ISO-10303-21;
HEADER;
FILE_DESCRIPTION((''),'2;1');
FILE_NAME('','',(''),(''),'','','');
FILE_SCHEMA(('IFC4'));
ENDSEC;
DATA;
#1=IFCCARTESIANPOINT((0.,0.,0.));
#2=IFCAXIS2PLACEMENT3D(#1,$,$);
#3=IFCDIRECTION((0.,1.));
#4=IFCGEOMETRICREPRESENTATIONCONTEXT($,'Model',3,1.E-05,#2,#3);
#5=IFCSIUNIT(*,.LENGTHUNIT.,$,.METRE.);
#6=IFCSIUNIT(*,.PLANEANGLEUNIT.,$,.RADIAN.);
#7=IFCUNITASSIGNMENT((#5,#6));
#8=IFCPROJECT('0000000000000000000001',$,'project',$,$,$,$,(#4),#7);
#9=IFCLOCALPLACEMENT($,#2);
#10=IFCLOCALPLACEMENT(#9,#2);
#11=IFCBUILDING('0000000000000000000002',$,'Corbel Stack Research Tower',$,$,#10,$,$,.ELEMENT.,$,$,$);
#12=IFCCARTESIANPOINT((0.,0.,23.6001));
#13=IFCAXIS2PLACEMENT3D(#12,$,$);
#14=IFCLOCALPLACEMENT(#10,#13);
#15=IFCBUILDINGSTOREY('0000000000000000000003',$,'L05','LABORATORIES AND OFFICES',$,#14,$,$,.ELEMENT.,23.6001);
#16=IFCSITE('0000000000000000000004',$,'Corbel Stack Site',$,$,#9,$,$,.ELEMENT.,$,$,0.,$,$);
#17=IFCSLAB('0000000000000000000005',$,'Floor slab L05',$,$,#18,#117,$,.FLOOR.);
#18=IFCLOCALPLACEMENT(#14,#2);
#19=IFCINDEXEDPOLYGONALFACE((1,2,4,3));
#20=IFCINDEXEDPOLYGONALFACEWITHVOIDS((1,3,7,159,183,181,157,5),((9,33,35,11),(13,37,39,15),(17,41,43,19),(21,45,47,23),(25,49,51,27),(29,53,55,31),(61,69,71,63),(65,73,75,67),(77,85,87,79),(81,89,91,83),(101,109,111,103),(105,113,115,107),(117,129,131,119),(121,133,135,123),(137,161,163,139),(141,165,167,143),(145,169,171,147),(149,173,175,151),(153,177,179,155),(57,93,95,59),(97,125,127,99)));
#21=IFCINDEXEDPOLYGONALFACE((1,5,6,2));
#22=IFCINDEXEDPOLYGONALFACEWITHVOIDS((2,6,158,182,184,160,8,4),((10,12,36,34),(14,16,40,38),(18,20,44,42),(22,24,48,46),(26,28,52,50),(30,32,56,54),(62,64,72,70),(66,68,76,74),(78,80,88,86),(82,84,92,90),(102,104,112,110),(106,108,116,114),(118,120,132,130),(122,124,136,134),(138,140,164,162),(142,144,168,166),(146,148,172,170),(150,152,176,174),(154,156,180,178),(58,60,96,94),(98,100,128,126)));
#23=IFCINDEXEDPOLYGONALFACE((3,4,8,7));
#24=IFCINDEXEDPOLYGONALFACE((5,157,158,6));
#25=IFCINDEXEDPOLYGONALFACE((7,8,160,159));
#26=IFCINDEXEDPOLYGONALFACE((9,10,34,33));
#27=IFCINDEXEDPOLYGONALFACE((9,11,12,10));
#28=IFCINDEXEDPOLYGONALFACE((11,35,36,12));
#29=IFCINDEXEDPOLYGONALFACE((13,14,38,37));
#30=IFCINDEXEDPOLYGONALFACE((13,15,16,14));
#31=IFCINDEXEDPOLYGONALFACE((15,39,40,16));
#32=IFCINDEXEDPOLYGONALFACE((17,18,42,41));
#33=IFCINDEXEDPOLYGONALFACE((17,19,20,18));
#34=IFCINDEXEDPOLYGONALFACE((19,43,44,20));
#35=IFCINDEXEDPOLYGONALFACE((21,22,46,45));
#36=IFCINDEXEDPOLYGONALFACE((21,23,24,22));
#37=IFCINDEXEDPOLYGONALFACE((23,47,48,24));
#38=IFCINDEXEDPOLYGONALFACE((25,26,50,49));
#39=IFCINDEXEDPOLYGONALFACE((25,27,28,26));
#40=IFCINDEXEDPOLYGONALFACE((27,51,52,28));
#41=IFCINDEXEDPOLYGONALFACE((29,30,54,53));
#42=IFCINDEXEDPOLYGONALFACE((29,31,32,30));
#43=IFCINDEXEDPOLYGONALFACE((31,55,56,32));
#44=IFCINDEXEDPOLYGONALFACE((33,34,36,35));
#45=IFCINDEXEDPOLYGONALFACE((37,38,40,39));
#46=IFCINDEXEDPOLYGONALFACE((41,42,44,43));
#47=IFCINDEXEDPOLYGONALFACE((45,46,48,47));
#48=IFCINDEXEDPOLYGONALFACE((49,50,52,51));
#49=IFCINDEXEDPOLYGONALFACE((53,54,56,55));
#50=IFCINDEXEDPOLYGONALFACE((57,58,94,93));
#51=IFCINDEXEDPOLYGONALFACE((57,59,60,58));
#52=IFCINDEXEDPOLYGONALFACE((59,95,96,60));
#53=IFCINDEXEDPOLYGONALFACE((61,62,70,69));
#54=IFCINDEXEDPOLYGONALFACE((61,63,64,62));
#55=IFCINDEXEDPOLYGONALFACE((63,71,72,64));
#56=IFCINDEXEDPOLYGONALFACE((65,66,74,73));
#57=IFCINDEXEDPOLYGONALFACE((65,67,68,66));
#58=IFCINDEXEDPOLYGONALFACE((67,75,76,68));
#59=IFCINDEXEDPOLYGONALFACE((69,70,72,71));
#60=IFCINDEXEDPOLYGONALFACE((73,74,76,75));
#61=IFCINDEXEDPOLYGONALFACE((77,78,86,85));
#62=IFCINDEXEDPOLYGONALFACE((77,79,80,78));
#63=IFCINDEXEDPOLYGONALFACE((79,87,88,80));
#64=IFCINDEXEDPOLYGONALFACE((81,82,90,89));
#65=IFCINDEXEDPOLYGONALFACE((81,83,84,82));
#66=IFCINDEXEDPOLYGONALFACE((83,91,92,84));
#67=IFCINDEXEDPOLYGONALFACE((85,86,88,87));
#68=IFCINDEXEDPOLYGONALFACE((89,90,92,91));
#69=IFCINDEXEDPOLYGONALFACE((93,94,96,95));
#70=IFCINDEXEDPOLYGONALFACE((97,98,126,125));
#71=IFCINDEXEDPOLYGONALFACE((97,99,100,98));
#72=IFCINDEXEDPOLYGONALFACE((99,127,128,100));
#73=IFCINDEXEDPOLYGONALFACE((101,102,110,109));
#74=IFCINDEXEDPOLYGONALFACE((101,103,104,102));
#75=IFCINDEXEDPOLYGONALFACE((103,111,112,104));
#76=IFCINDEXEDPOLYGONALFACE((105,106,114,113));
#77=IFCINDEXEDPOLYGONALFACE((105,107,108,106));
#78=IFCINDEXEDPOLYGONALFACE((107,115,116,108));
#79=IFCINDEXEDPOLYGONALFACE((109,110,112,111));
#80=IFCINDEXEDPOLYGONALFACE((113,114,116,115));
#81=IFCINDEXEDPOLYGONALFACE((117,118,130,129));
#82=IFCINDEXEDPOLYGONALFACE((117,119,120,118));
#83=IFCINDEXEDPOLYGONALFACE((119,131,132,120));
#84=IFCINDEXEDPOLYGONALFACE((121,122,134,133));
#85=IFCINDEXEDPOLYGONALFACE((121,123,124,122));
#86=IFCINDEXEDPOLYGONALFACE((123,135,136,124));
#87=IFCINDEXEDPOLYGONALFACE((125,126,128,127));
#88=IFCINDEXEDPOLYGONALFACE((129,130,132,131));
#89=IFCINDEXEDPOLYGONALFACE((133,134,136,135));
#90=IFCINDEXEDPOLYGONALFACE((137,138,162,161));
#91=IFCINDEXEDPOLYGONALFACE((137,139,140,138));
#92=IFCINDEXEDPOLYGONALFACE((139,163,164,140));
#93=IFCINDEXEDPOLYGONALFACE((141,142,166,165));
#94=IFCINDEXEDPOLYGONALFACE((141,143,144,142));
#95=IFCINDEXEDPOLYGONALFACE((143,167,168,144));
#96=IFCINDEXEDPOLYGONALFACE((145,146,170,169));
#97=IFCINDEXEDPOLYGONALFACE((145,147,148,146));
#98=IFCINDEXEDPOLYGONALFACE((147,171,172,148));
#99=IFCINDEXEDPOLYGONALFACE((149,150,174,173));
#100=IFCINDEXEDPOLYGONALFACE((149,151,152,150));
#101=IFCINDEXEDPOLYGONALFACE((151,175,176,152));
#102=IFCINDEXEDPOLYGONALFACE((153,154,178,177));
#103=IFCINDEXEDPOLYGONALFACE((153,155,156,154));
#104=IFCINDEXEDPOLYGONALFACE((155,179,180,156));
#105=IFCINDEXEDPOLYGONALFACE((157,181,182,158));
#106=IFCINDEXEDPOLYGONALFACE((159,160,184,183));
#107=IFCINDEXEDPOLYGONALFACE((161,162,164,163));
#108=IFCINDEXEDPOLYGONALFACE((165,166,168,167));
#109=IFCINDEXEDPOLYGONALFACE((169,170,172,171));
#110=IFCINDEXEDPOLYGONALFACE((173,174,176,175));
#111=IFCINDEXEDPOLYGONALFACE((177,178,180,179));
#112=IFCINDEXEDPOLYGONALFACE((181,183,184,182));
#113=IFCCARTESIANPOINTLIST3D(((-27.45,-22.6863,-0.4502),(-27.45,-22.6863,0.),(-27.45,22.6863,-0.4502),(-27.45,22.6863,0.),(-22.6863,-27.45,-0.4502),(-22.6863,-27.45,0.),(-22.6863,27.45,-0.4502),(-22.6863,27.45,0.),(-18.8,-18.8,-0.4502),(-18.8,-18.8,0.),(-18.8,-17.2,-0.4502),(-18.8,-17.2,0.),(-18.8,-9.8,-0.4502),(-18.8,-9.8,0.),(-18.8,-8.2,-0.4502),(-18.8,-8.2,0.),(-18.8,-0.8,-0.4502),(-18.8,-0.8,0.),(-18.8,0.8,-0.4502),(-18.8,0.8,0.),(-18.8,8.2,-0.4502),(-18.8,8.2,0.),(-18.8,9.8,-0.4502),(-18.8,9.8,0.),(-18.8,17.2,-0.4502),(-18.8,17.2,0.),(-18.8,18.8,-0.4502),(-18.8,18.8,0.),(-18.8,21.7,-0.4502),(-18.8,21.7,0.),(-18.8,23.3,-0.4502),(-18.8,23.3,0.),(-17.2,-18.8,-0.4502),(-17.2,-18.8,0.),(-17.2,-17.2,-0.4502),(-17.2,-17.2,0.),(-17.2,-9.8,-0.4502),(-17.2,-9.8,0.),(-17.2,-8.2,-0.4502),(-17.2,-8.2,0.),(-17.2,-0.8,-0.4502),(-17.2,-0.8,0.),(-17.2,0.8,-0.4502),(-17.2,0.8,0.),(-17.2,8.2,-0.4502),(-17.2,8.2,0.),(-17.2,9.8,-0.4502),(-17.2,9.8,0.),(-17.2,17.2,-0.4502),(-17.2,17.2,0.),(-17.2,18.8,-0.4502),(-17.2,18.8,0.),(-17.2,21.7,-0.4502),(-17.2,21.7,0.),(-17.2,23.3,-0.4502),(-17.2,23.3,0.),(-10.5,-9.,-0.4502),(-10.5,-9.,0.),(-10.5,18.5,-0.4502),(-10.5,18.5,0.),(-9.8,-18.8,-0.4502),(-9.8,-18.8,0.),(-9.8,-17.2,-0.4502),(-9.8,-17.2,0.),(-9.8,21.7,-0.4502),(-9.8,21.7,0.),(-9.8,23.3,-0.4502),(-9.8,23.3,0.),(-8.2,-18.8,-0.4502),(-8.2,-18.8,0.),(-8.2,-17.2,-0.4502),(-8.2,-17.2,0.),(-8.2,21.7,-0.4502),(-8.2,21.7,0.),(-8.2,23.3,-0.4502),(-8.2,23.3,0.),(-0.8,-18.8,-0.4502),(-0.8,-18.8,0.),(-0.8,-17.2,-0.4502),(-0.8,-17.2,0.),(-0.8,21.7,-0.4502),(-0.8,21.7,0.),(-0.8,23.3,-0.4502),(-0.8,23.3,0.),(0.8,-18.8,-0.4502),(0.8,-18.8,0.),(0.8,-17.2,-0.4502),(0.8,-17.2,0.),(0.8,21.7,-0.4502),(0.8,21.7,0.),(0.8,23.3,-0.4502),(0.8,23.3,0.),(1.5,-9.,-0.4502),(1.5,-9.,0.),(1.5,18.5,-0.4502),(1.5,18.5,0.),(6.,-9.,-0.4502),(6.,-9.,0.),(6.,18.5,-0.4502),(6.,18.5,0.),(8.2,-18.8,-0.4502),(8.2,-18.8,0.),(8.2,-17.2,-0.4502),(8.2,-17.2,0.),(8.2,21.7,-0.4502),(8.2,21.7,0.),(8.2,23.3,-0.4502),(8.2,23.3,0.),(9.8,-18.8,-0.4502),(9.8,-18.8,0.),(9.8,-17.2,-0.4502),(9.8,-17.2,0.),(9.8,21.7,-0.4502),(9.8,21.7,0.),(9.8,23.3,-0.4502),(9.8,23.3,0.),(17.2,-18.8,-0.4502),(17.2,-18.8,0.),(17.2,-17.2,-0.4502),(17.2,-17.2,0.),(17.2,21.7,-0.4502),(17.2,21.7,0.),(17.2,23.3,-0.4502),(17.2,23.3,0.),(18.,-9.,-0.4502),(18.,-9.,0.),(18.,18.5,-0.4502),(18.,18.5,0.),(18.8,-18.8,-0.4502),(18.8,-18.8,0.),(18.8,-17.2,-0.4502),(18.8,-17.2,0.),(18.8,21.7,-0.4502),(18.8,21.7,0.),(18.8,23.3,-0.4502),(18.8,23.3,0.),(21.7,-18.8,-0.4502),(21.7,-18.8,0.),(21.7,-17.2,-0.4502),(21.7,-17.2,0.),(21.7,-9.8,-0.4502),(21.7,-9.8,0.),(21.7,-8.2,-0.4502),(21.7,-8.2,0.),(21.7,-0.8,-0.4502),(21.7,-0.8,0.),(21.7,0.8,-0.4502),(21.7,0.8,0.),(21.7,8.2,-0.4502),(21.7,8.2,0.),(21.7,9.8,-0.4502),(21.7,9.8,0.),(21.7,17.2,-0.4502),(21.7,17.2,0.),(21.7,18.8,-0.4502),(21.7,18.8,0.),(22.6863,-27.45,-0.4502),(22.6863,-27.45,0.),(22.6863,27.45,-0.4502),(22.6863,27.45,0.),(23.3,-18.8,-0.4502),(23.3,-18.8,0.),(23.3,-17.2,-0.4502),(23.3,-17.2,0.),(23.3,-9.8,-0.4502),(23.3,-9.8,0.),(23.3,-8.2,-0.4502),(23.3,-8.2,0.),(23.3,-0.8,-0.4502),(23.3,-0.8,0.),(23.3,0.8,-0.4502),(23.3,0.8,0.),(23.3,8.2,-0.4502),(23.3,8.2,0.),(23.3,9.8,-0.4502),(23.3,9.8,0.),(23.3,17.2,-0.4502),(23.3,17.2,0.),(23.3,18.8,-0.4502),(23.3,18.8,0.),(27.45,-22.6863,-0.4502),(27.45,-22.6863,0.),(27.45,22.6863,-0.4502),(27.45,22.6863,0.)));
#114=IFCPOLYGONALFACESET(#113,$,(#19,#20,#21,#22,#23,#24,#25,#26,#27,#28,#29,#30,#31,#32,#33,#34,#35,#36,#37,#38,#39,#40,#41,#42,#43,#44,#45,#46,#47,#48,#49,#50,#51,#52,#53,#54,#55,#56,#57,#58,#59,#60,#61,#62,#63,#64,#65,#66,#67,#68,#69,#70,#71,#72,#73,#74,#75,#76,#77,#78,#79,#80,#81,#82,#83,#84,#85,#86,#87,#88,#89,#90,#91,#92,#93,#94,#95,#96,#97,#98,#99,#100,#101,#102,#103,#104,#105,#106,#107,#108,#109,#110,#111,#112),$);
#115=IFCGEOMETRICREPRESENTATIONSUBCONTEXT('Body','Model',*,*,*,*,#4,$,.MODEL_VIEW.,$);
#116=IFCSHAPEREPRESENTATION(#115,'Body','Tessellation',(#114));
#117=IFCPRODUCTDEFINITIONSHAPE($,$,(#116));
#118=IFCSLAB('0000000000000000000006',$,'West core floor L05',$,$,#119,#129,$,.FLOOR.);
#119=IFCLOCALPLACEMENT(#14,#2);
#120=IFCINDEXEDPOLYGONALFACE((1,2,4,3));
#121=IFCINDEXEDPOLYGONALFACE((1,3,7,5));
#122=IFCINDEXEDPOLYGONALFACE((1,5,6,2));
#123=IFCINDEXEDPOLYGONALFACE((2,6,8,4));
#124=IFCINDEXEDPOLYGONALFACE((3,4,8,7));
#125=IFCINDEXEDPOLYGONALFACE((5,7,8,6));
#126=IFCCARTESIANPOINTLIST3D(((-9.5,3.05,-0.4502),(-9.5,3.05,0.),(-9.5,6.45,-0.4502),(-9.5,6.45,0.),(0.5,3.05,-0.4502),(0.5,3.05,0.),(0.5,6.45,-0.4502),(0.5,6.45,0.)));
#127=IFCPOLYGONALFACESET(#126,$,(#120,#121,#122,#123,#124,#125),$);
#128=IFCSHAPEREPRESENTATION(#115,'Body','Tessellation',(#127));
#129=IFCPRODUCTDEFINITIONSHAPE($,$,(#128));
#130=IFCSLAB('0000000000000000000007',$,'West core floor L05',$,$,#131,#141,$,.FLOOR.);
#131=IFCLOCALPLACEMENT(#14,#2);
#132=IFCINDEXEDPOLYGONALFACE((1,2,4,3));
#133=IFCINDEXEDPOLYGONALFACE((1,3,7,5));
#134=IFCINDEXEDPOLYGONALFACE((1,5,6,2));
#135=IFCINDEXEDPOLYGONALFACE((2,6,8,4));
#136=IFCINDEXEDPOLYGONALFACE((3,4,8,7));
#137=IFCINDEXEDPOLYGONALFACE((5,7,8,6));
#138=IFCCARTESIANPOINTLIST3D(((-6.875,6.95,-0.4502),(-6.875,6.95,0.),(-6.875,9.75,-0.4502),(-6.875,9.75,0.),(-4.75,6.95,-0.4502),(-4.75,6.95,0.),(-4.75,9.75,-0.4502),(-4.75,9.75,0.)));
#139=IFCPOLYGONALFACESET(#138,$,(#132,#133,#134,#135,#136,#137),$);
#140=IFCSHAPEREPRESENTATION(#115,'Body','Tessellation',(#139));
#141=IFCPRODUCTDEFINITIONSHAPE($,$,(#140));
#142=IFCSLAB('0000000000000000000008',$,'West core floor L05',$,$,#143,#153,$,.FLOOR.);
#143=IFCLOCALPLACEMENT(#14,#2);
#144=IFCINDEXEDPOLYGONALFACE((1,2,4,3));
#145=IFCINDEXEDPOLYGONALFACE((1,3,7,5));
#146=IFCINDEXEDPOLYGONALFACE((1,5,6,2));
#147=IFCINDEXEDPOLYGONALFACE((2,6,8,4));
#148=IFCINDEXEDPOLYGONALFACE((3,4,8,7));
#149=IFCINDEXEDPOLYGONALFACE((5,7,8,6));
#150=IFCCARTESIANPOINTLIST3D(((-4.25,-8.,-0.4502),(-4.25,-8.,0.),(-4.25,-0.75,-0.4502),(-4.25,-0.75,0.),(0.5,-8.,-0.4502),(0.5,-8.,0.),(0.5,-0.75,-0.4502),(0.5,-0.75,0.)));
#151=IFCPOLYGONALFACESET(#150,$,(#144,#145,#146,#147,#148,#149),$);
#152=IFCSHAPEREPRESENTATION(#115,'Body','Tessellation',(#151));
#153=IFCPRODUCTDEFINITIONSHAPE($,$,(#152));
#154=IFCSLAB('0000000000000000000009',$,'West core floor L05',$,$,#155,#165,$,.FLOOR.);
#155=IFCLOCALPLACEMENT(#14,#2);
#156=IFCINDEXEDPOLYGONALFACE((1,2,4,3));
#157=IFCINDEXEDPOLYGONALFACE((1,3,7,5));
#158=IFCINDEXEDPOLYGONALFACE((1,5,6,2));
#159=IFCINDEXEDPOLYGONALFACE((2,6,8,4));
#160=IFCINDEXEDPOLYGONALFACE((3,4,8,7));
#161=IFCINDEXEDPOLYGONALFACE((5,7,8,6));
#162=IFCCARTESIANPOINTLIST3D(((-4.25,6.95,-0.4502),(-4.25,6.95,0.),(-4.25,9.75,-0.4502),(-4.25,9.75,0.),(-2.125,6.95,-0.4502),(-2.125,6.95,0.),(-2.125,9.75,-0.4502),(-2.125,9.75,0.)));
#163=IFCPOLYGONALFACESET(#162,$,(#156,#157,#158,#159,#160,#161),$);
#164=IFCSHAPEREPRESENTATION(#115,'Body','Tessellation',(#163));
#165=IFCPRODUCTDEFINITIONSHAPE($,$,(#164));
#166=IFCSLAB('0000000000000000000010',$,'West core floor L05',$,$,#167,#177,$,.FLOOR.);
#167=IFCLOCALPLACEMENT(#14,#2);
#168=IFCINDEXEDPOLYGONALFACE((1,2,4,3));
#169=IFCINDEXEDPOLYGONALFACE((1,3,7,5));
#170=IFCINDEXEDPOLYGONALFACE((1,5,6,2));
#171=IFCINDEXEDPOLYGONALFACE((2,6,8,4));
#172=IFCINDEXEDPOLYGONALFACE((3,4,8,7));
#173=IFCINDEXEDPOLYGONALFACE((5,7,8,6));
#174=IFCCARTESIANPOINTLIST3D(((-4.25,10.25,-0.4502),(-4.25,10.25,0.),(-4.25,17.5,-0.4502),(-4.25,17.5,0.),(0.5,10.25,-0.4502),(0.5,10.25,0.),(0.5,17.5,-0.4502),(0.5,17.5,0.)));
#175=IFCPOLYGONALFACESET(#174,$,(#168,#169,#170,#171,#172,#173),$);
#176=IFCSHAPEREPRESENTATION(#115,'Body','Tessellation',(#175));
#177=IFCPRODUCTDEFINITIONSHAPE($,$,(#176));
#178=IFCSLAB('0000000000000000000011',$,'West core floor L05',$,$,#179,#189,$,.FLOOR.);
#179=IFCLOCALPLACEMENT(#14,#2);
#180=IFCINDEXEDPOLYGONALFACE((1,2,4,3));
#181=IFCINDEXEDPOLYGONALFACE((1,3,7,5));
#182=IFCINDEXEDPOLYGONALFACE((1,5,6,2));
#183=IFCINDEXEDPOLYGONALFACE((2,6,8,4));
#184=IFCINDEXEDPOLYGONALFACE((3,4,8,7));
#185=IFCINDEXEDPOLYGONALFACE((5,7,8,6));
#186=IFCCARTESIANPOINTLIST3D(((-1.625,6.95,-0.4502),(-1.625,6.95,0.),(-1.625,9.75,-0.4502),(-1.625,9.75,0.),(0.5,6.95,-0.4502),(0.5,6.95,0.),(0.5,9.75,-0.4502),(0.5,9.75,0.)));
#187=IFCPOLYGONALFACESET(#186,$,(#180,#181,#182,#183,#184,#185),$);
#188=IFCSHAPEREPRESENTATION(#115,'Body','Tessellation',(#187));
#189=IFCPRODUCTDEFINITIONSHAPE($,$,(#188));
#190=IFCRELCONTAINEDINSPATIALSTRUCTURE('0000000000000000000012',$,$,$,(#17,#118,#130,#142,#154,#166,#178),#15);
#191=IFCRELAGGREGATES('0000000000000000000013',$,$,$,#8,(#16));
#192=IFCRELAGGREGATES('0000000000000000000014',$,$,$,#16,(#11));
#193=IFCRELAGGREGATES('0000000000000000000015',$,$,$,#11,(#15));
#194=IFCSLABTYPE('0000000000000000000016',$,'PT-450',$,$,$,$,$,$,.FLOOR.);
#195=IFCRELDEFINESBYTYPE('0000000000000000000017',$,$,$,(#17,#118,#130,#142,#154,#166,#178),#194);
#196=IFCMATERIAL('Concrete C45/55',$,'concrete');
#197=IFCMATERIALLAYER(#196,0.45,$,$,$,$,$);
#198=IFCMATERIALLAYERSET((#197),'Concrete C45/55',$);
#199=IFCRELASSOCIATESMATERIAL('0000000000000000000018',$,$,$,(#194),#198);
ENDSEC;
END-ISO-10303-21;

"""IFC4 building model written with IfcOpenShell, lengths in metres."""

from ifc_helpers import new_model, si_unit, direction, frame, origin, place, context, subcontext, project, spatial, polyline, outline, extrude, material, layer, layer_set, type_object, element, save


model = new_model("IFC4")

# Units and contexts
model_context = context("Model", 3, precision=1e-05, world=origin(), true_north=direction((0.0, 1.0)))
body_context = subcontext(model_context, "Body", "Model", "MODEL_VIEW")
ifc_project = project(units=[si_unit("LENGTHUNIT", "METRE"), si_unit("PLANEANGLEUNIT", "RADIAN")], contexts=[model_context])

# Site, building, storey
site_placement = place(None, origin())
site = spatial("IfcSite", under=ifc_project, at=site_placement, Name="Corbel Stack Site", CompositionType="ELEMENT", RefElevation=0.0)
building_placement = place(site_placement, origin())
building = spatial("IfcBuilding", under=site, at=building_placement, Name="Corbel Stack Research Tower", CompositionType="ELEMENT")
storey_placement = place(building_placement, frame((0.0, 0.0, 23.6001)))
storey = spatial("IfcBuildingStorey", under=building, at=storey_placement, Name="L05", Description="LABORATORIES AND OFFICES", CompositionType="ELEMENT", Elevation=23.6001)

# Slabs
ifc_material_1 = material(Name="Concrete C45/55", Category="concrete")
ifc_layer_1 = layer(ifc_material_1, 0.45)
ifc_layer_set_1 = layer_set([ifc_layer_1], Name="Concrete C45/55")
slab_type = type_object("IfcSlabType", Name="PT-450", PredefinedType="FLOOR", material=ifc_layer_set_1)
slab_1_placement = place(storey_placement, frame((0.0, 0.0, -0.4502)))
element("IfcSlab", 1, at=slab_1_placement, inside=storey, type_object=slab_type, Name="Floor slab L05", PredefinedType="FLOOR", context=body_context, shape_type="SweptSolid", body=[
    extrude(outline(polyline([(-22.6863, -27.45), (22.6863, -27.45), (27.45, -22.6863), (27.45, 22.6863), (22.6863, 27.45), (-22.6863, 27.45), (-27.45, 22.6863), (-27.45, -22.6863), (-22.6863, -27.45)]), holes=[polyline([(23.3, 17.2), (21.7, 17.2), (21.7, 18.8), (23.3, 18.8), (23.3, 17.2)]), polyline([(21.7, 8.2), (21.7, 9.8), (23.3, 9.8), (23.3, 8.2), (21.7, 8.2)]), polyline([(23.3, -0.8), (21.7, -0.8), (21.7, 0.8), (23.3, 0.8), (23.3, -0.8)]), polyline([(21.7, -9.8), (21.7, -8.2), (23.3, -8.2), (23.3, -9.8), (21.7, -9.8)]), polyline([(21.7, -18.8), (21.7, -17.2), (23.3, -17.2), (23.3, -18.8), (21.7, -18.8)]), polyline([(17.2, 21.7), (17.2, 23.3), (18.8, 23.3), (18.8, 21.7), (17.2, 21.7)]), polyline([(18.8, -18.8), (17.2, -18.8), (17.2, -17.2), (18.8, -17.2), (18.8, -18.8)]), polyline([(6.0, -9.0), (6.0, 18.5), (18.0, 18.5), (18.0, -9.0), (6.0, -9.0)]), polyline([(8.2, 21.7), (8.2, 23.3), (9.8, 23.3), (9.8, 21.7), (8.2, 21.7)]), polyline([(9.8, -18.8), (8.2, -18.8), (8.2, -17.2), (9.8, -17.2), (9.8, -18.8)]), polyline([(1.5, -9.0), (-10.5, -9.0), (-10.5, 18.5), (1.5, 18.5), (1.5, -9.0)]), polyline([(0.8, 21.7), (-0.8, 21.7), (-0.8, 23.3), (0.8, 23.3), (0.8, 21.7)]), polyline([(0.8, -18.8), (-0.8, -18.8), (-0.8, -17.2), (0.8, -17.2), (0.8, -18.8)]), polyline([(-9.8, 21.7), (-9.8, 23.3), (-8.2, 23.3), (-8.2, 21.7), (-9.8, 21.7)]), polyline([(-8.2, -18.8), (-9.8, -18.8), (-9.8, -17.2), (-8.2, -17.2), (-8.2, -18.8)]), polyline([(-18.8, 21.7), (-18.8, 23.3), (-17.2, 23.3), (-17.2, 21.7), (-18.8, 21.7)]), polyline([(-17.2, 17.2), (-18.8, 17.2), (-18.8, 18.8), (-17.2, 18.8), (-17.2, 17.2)]), polyline([(-17.2, 8.2), (-18.8, 8.2), (-18.8, 9.8), (-17.2, 9.8), (-17.2, 8.2)]), polyline([(-18.8, -0.8), (-18.8, 0.8), (-17.2, 0.8), (-17.2, -0.8), (-18.8, -0.8)]), polyline([(-18.8, -9.8), (-18.8, -8.2), (-17.2, -8.2), (-17.2, -9.8), (-18.8, -9.8)]), polyline([(-17.2, -18.8), (-18.8, -18.8), (-18.8, -17.2), (-17.2, -17.2), (-17.2, -18.8)])]), origin(), (0.0, 0.0, 1.0), 0.4502),
])
slab_2_placement = place(storey_placement, frame((0.0, 0.0, -0.4502)))
element("IfcSlab", 2, at=slab_2_placement, inside=storey, type_object=slab_type, Name="West core floor L05", PredefinedType="FLOOR", context=body_context, shape_type="SweptSolid", body=[
    extrude(outline(polyline([(-9.5, 6.45), (-9.5, 3.05), (0.5, 3.05), (0.5, 6.45), (-9.5, 6.45)])), origin(), (0.0, 0.0, 1.0), 0.4502),
])
slab_3_placement = place(storey_placement, frame((0.0, 0.0, -0.4502)))
element("IfcSlab", 3, at=slab_3_placement, inside=storey, type_object=slab_type, Name="West core floor L05", PredefinedType="FLOOR", context=body_context, shape_type="SweptSolid", body=[
    extrude(outline(polyline([(-6.875, 6.95), (-4.75, 6.95), (-4.75, 9.75), (-6.875, 9.75), (-6.875, 6.95)])), origin(), (0.0, 0.0, 1.0), 0.4502),
])
slab_4_placement = place(storey_placement, frame((0.0, 0.0, -0.4502)))
element("IfcSlab", 4, at=slab_4_placement, inside=storey, type_object=slab_type, Name="West core floor L05", PredefinedType="FLOOR", context=body_context, shape_type="SweptSolid", body=[
    extrude(outline(polyline([(-4.25, -0.75), (-4.25, -8.0), (0.5, -8.0), (0.5, -0.75), (-4.25, -0.75)])), origin(), (0.0, 0.0, 1.0), 0.4502),
])
slab_5_placement = place(storey_placement, frame((0.0, 0.0, -0.4502)))
element("IfcSlab", 5, at=slab_5_placement, inside=storey, type_object=slab_type, Name="West core floor L05", PredefinedType="FLOOR", context=body_context, shape_type="SweptSolid", body=[
    extrude(outline(polyline([(-2.125, 6.95), (-2.125, 9.75), (-4.25, 9.75), (-4.25, 6.95), (-2.125, 6.95)])), origin(), (0.0, 0.0, 1.0), 0.4502),
])
slab_6_placement = place(storey_placement, frame((0.0, 0.0, -0.4502)))
element("IfcSlab", 6, at=slab_6_placement, inside=storey, type_object=slab_type, Name="West core floor L05", PredefinedType="FLOOR", context=body_context, shape_type="SweptSolid", body=[
    extrude(outline(polyline([(-4.25, 17.5), (-4.25, 10.25), (0.5, 10.25), (0.5, 17.5), (-4.25, 17.5)])), origin(), (0.0, 0.0, 1.0), 0.4502),
])
slab_7_placement = place(storey_placement, frame((0.0, 0.0, -0.4502)))
element("IfcSlab", 7, at=slab_7_placement, inside=storey, type_object=slab_type, Name="West core floor L05", PredefinedType="FLOOR", context=body_context, shape_type="SweptSolid", body=[
    extrude(outline(polyline([(0.5, 6.95), (0.5, 9.75), (-1.625, 9.75), (-1.625, 6.95), (0.5, 6.95)])), origin(), (0.0, 0.0, 1.0), 0.4502),
])

save(model, "model.ifc")
